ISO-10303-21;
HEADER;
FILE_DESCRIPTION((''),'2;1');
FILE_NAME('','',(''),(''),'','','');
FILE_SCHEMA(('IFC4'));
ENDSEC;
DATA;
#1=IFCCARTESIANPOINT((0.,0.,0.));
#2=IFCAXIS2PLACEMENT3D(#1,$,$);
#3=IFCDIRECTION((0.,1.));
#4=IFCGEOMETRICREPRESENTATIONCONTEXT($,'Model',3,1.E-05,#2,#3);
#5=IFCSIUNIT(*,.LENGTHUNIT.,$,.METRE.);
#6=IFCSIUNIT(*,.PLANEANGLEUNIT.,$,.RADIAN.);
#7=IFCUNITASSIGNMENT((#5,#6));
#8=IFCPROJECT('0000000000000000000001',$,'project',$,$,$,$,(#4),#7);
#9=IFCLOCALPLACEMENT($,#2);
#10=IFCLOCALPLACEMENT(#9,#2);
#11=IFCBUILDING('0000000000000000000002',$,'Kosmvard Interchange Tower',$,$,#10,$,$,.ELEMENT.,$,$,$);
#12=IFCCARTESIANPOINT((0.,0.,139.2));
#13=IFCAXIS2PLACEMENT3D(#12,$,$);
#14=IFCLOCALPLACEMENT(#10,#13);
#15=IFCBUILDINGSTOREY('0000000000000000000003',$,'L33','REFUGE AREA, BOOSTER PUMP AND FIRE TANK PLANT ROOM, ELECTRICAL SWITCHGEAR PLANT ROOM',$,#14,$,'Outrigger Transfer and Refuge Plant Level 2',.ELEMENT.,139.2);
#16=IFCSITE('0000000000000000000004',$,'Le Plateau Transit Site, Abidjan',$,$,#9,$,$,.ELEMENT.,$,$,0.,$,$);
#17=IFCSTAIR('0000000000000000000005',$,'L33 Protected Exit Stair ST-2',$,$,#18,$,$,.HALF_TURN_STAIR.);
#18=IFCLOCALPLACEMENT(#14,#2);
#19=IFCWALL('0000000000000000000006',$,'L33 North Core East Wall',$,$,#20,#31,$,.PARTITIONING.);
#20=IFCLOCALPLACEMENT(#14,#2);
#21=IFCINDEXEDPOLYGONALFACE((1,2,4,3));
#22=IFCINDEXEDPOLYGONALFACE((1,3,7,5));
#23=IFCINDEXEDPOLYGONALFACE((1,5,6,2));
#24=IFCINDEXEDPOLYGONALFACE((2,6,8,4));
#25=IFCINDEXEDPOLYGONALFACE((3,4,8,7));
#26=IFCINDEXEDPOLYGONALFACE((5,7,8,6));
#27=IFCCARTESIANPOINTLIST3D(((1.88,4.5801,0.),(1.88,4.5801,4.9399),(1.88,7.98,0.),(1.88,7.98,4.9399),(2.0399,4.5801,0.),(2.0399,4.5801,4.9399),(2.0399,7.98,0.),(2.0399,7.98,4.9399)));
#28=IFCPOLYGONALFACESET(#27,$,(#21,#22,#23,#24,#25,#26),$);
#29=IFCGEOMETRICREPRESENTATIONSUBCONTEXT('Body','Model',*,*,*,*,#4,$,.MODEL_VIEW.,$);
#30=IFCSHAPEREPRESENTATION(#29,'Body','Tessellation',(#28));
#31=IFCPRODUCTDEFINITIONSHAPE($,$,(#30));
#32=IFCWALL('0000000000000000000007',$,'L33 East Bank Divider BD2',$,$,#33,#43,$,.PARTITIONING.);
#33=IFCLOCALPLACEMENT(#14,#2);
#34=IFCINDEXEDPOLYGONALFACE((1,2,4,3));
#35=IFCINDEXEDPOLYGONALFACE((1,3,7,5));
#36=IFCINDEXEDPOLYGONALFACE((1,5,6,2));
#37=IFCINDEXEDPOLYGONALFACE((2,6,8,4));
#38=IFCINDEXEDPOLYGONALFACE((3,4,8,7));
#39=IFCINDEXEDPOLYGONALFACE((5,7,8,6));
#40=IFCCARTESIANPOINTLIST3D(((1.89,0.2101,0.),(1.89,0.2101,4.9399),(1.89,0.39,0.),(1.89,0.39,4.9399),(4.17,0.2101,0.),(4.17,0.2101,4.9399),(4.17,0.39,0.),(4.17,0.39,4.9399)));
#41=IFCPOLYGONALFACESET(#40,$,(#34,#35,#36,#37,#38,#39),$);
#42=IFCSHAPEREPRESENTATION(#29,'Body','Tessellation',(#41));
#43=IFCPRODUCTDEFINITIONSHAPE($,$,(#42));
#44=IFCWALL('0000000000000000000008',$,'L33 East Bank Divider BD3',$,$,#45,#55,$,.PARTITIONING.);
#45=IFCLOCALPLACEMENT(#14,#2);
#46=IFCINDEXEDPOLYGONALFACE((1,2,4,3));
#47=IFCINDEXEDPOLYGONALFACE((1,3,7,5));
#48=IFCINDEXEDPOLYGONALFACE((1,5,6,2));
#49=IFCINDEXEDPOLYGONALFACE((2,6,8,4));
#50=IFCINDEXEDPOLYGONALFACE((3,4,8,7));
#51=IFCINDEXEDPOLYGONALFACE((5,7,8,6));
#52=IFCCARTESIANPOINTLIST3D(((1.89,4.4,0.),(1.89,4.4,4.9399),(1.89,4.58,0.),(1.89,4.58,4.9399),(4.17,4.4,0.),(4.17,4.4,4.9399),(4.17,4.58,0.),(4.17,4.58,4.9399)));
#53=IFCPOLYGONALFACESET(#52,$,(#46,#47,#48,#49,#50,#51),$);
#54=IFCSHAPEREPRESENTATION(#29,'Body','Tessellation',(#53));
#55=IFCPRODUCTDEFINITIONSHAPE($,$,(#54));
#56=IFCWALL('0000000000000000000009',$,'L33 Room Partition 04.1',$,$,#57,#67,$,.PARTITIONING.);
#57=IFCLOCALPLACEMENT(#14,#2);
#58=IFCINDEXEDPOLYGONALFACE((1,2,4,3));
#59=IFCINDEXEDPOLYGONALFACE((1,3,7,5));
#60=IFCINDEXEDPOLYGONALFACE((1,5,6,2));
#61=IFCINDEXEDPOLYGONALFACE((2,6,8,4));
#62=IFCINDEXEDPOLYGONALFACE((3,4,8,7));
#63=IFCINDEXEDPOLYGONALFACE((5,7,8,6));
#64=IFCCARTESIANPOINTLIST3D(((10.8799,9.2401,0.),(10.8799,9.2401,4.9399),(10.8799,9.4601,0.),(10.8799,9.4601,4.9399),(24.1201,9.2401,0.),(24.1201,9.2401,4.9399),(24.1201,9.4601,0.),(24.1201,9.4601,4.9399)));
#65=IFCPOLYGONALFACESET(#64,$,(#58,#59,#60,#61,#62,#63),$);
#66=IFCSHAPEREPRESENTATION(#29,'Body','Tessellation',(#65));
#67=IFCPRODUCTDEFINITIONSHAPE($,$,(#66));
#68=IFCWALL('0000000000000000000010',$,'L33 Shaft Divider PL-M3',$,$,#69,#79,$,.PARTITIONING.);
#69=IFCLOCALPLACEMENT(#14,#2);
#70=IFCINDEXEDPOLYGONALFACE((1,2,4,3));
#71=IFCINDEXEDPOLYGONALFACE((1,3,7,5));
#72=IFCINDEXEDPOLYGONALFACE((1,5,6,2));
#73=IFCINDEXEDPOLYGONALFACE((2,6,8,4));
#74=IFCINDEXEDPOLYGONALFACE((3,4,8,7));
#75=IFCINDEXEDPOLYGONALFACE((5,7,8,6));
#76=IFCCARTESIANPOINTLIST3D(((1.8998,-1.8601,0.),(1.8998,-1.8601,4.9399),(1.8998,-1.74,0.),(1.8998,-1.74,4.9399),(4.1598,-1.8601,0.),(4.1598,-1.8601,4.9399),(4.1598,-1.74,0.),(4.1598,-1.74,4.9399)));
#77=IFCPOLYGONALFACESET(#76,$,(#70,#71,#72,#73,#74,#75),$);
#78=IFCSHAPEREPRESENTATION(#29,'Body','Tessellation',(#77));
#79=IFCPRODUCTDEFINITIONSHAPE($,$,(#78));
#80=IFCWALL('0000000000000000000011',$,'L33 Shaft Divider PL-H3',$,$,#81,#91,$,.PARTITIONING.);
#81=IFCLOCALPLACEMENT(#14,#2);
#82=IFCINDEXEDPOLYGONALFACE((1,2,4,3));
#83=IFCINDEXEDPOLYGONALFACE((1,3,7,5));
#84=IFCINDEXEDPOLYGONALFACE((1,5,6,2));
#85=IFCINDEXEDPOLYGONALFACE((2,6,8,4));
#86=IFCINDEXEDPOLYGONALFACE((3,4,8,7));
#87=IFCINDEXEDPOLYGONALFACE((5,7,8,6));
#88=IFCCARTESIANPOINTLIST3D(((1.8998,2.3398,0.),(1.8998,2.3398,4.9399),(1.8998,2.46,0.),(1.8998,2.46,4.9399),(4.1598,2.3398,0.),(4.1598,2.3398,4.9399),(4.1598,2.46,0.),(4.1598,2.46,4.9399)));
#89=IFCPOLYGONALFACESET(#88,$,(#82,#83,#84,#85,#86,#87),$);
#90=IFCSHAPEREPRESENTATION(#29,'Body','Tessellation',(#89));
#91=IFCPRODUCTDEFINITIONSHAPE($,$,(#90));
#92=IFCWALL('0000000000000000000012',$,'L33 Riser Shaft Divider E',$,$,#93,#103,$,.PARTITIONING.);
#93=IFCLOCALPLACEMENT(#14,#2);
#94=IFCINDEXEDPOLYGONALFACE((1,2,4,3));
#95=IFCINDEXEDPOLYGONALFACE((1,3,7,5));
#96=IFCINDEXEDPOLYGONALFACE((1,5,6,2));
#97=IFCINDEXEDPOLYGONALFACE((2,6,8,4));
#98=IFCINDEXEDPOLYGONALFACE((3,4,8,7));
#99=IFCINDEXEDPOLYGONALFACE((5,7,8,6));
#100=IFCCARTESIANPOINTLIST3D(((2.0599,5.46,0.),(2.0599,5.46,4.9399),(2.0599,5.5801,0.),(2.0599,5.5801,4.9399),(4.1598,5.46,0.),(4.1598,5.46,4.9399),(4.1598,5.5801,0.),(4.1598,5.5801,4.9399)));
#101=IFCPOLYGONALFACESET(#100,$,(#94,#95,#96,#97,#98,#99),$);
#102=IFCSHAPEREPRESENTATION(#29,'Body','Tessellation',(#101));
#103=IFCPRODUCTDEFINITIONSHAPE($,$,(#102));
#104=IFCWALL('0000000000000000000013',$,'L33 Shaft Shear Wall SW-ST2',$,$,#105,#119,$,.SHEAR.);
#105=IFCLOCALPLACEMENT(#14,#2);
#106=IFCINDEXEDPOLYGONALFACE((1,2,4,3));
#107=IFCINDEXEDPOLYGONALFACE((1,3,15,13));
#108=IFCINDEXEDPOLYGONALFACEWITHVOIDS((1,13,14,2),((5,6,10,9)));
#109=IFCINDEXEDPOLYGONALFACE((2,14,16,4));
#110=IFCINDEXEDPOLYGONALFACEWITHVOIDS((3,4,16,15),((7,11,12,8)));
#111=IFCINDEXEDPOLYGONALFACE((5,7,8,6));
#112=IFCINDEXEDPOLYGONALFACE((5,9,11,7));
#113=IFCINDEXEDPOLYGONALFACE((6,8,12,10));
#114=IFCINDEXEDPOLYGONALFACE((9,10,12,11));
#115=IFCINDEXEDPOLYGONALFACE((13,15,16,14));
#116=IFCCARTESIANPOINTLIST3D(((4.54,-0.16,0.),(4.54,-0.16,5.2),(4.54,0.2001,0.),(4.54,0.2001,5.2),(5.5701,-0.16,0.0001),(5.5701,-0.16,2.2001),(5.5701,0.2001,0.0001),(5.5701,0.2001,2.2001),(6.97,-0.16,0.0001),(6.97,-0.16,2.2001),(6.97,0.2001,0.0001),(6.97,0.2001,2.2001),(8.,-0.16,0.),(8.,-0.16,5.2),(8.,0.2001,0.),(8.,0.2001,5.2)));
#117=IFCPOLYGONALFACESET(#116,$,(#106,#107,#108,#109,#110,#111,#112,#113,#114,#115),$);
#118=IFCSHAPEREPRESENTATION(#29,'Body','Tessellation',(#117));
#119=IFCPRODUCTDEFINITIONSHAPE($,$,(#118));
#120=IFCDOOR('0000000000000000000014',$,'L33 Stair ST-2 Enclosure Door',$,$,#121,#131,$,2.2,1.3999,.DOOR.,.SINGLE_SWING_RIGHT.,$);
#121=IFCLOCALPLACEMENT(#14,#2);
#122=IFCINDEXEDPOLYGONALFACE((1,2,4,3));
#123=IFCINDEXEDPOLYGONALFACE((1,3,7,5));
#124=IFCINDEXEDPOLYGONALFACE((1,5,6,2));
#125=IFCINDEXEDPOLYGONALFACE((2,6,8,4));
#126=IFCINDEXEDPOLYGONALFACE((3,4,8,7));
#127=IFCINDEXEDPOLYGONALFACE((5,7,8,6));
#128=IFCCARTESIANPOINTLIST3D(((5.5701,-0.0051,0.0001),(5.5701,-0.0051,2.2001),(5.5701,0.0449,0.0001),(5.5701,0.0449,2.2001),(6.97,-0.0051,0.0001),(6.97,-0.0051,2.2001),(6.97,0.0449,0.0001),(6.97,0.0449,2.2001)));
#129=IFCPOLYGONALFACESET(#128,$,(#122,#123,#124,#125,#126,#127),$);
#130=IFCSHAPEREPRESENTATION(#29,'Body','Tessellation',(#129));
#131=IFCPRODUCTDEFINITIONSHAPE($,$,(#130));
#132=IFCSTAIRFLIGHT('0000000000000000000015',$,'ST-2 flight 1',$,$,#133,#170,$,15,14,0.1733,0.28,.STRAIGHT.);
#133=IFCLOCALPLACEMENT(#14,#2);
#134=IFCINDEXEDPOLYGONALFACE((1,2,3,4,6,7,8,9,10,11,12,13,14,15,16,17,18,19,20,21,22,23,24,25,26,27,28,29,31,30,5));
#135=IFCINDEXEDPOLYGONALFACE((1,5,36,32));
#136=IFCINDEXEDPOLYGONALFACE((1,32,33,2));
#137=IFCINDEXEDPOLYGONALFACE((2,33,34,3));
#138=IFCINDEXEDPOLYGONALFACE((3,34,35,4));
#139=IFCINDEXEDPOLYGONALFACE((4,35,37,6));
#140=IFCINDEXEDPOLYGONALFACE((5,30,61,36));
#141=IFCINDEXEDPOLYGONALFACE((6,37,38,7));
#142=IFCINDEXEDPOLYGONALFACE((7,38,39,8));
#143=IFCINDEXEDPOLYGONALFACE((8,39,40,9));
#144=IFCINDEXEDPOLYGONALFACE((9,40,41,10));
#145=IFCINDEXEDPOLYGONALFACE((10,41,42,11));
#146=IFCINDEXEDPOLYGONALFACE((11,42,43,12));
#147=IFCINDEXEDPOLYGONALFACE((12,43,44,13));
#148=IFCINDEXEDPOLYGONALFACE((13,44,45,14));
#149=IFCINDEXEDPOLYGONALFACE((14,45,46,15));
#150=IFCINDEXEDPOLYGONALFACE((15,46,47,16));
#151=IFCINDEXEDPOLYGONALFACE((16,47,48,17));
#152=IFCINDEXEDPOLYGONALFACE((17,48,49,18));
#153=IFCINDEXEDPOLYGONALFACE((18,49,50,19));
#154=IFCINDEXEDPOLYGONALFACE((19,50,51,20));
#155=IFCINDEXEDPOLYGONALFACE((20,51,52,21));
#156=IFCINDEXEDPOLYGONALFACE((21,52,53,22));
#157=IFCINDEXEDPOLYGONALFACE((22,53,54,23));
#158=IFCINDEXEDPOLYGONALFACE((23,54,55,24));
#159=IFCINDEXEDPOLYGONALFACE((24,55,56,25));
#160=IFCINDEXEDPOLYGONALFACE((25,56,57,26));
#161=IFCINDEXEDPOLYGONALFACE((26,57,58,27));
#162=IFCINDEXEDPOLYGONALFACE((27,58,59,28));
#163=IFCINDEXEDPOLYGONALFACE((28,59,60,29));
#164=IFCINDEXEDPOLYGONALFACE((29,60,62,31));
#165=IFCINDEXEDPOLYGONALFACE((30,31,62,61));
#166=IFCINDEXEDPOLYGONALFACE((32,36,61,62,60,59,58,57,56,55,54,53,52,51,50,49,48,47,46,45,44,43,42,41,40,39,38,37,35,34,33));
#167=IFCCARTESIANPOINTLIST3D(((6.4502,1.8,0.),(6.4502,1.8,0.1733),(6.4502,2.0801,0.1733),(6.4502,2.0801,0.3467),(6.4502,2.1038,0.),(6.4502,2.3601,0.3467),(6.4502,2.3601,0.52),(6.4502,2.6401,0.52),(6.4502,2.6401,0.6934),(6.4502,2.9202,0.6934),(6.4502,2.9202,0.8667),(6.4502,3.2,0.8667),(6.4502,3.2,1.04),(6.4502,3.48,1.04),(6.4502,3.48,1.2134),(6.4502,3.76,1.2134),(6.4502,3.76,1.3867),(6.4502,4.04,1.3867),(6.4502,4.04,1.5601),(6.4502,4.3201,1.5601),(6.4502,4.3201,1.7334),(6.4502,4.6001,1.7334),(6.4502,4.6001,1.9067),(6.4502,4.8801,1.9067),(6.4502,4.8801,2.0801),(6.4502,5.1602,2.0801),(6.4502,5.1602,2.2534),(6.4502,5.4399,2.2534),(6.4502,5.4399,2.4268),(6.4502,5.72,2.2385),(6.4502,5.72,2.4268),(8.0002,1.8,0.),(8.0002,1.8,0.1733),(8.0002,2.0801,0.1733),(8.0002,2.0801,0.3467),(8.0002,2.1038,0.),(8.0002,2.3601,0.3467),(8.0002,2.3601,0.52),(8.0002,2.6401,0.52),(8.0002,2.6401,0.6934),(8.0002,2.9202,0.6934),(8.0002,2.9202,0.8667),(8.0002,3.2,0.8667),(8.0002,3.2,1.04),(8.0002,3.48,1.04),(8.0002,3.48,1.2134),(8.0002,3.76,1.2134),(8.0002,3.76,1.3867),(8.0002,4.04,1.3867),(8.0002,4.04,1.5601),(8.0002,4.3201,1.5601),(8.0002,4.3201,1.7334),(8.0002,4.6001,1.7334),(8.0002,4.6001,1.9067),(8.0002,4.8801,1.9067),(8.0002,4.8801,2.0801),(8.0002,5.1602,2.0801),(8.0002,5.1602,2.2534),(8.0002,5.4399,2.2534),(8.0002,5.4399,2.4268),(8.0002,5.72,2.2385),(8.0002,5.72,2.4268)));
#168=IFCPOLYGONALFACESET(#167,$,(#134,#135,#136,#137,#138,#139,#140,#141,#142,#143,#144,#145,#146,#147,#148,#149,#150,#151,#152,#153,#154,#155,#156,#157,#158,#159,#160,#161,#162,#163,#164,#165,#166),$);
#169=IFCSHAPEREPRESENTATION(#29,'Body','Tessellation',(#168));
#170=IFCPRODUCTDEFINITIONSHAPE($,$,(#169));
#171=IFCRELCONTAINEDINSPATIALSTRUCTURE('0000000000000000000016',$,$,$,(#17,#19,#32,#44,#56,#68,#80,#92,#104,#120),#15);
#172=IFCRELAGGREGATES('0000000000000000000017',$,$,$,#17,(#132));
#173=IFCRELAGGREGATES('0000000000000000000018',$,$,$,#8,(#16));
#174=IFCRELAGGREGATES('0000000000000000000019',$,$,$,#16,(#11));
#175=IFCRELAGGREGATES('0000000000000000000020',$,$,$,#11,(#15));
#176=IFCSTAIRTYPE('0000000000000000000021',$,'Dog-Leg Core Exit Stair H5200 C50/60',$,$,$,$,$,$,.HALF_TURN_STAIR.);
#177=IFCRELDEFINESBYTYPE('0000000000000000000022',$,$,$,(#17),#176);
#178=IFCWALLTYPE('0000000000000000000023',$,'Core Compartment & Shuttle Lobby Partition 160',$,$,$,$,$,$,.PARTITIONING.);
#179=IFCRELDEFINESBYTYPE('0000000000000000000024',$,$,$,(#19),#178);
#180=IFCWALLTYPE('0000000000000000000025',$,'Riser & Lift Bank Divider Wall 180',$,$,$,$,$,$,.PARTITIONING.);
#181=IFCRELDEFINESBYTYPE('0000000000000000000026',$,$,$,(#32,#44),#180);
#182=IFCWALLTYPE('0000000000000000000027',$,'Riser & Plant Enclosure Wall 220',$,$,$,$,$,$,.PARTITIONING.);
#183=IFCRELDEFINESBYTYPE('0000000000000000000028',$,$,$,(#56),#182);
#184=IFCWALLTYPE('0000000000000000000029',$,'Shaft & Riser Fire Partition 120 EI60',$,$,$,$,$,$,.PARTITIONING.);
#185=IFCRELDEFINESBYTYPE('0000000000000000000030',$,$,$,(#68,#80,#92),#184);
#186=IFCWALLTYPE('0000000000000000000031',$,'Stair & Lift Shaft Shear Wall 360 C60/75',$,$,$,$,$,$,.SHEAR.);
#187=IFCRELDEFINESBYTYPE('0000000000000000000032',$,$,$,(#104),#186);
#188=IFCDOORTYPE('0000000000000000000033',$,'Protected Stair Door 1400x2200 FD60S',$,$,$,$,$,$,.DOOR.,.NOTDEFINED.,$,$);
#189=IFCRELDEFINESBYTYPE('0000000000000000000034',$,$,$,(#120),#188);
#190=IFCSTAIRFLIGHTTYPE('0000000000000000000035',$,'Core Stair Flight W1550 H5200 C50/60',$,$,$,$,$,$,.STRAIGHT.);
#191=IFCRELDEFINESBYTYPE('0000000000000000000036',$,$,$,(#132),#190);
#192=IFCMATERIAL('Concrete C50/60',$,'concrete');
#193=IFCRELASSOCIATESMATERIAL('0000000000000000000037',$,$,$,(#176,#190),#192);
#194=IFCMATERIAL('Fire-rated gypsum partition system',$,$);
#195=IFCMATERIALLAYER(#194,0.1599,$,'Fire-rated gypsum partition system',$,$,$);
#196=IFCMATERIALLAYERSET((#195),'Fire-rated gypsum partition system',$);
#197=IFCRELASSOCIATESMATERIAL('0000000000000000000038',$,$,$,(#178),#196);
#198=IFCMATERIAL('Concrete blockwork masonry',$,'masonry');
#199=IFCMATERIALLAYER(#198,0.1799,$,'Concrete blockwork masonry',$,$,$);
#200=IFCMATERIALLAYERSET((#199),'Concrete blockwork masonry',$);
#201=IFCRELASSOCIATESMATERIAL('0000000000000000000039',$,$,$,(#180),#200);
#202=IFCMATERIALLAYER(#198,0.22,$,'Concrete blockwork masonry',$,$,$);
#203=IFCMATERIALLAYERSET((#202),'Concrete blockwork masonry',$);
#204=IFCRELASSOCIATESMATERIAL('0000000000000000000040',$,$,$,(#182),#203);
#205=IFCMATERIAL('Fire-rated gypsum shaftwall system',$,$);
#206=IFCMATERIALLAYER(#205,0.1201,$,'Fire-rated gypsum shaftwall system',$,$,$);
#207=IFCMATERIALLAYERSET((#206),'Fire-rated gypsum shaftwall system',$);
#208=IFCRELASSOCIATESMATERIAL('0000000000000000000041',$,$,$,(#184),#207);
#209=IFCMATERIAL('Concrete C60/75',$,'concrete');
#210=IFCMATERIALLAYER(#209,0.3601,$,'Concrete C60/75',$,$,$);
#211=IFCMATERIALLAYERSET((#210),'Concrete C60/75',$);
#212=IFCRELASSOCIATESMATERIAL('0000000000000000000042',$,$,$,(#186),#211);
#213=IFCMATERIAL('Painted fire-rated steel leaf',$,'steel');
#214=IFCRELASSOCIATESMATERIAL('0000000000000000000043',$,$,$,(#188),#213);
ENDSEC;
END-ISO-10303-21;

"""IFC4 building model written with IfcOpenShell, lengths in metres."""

from ifc_helpers import new_model, si_unit, direction, frame, frame_2d, origin, place, context, subcontext, project, spatial, polyline, rectangle, outline, extrude, source, transform, mapped, material, layer, layer_set, type_object, element, fill, aggregate, save


model = new_model("IFC4")

# Units and contexts
model_context = context("Model", 3, precision=1e-05, world=origin(), true_north=direction((0.0, 1.0)))
body_context = subcontext(model_context, "Body", "Model", "MODEL_VIEW")
ifc_project = project(units=[si_unit("LENGTHUNIT", "METRE"), si_unit("PLANEANGLEUNIT", "RADIAN")], contexts=[model_context])

# Site, building, storey
site_placement = place(None, origin())
site = spatial("IfcSite", under=ifc_project, at=site_placement, Name="Le Plateau Transit Site, Abidjan", CompositionType="ELEMENT", RefElevation=0.0)
building_placement = place(site_placement, origin())
building = spatial("IfcBuilding", under=site, at=building_placement, Name="Kosmvard Interchange Tower", CompositionType="ELEMENT")
storey_placement = place(building_placement, frame((0.0, 0.0, 139.2)))
storey = spatial("IfcBuildingStorey", under=building, at=storey_placement, Name="L33", Description="REFUGE AREA, BOOSTER PUMP AND FIRE TANK PLANT ROOM, ELECTRICAL SWITCHGEAR PLANT ROOM", LongName="Outrigger Transfer and Refuge Plant Level 2", CompositionType="ELEMENT", Elevation=139.2)

# Shared definitions
ifc_material_1 = material(Name="Concrete C60/75", Category="concrete")

# Stair
ifc_material_2 = material(Name="Concrete C50/60", Category="concrete")
stair_type = type_object("IfcStairType", Name="Dog-Leg Core Exit Stair H5200 C50/60", PredefinedType="HALF_TURN_STAIR", material=ifc_material_2)
stair_1_placement = place(storey_placement, origin())
stair_1 = element("IfcStair", 1, at=stair_1_placement, inside=storey, type_object=stair_type, Name="L33 Protected Exit Stair ST-2", PredefinedType="HALF_TURN_STAIR")

# Walls
ifc_material_3 = material(Name="Fire-rated gypsum partition system")
ifc_layer_1 = layer(ifc_material_3, 0.1599, Name="Fire-rated gypsum partition system")
ifc_layer_set_1 = layer_set([ifc_layer_1], Name="Fire-rated gypsum partition system")
wall_type_1 = type_object("IfcWallType", Name="Core Compartment & Shuttle Lobby Partition 160", PredefinedType="PARTITIONING", material=ifc_layer_set_1)
wall_1_placement = place(storey_placement, frame((1.96, 4.5801, 0.0), z_axis=(0.0, 0.0, 1.0), x_axis=(0.0, 1.0, 0.0)))
element("IfcWall", 2, at=wall_1_placement, inside=storey, type_object=wall_type_1, Name="L33 North Core East Wall", PredefinedType="PARTITIONING", context=body_context, shape_type="SweptSolid", body=[
    extrude(rectangle(XDim=3.3999, YDim=0.1599, at=frame_2d((1.7, 0.0))), origin(), (0.0, 0.0, 1.0), 4.9399),
])
ifc_material_4 = material(Name="Concrete blockwork masonry", Category="masonry")
ifc_layer_2 = layer(ifc_material_4, 0.1799, Name="Concrete blockwork masonry")
ifc_layer_set_2 = layer_set([ifc_layer_2], Name="Concrete blockwork masonry")
wall_type_2 = type_object("IfcWallType", Name="Riser & Lift Bank Divider Wall 180", PredefinedType="PARTITIONING", material=ifc_layer_set_2)
for number, where, z_axis, x_axis, name in (
    (3, (1.8899, 0.3, 0.0), (0.0, 0.0, 1.0), (1.0, 0.0, 0.0), "L33 East Bank Divider BD2"),
    (4, (1.8899, 4.49, 0.0), (0.0, 0.0, 1.0), (1.0, 0.0, 0.0), "L33 East Bank Divider BD3"),
):
    element("IfcWall", number, at=place(storey_placement, frame(where, z_axis=z_axis, x_axis=x_axis)), inside=storey, type_object=wall_type_2, Name=name, PredefinedType="PARTITIONING", context=body_context, shape_type="SweptSolid", body=[
        extrude(rectangle(XDim=2.28, YDim=0.1799, at=frame_2d((1.1401, 0.0))), origin(), (0.0, 0.0, 1.0), 4.9399),
    ])
ifc_layer_3 = layer(ifc_material_4, 0.22, Name="Concrete blockwork masonry")
ifc_layer_set_3 = layer_set([ifc_layer_3], Name="Concrete blockwork masonry")
wall_type_3 = type_object("IfcWallType", Name="Riser & Plant Enclosure Wall 220", PredefinedType="PARTITIONING", material=ifc_layer_set_3)
wall_2_placement = place(storey_placement, frame((10.8799, 9.3501, 0.0), z_axis=(0.0, 0.0, 1.0), x_axis=(1.0, 0.0, 0.0)))
element("IfcWall", 5, at=wall_2_placement, inside=storey, type_object=wall_type_3, Name="L33 Room Partition 04.1", PredefinedType="PARTITIONING", context=body_context, shape_type="SweptSolid", body=[
    extrude(rectangle(XDim=13.2402, YDim=0.22, at=frame_2d((6.6201, 0.0))), origin(), (0.0, 0.0, 1.0), 4.9399),
])
ifc_material_5 = material(Name="Fire-rated gypsum shaftwall system")
ifc_layer_4 = layer(ifc_material_5, 0.1201, Name="Fire-rated gypsum shaftwall system")
ifc_layer_set_4 = layer_set([ifc_layer_4], Name="Fire-rated gypsum shaftwall system")
wall_type_4 = type_object("IfcWallType", Name="Shaft & Riser Fire Partition 120 EI60", PredefinedType="PARTITIONING", material=ifc_layer_set_4)
for number, where, z_axis, x_axis, name in (
    (6, (1.8999, -1.8, 0.0), (0.0, 0.0, 1.0), (1.0, 0.0, 0.0), "L33 Shaft Divider PL-M3"),
    (7, (1.8999, 2.3999, 0.0), (0.0, 0.0, 1.0), (1.0, 0.0, 0.0), "L33 Shaft Divider PL-H3"),
):
    element("IfcWall", number, at=place(storey_placement, frame(where, z_axis=z_axis, x_axis=x_axis)), inside=storey, type_object=wall_type_4, Name=name, PredefinedType="PARTITIONING", context=body_context, shape_type="SweptSolid", body=[
        extrude(rectangle(XDim=2.26, YDim=0.1201, at=frame_2d((1.1299, 0.0))), origin(), (0.0, 0.0, 1.0), 4.9399),
    ])
wall_3_placement = place(storey_placement, frame((2.0601, 5.52, 0.0), z_axis=(0.0, 0.0, 1.0), x_axis=(1.0, 0.0, 0.0)))
element("IfcWall", 8, at=wall_3_placement, inside=storey, type_object=wall_type_4, Name="L33 Riser Shaft Divider E", PredefinedType="PARTITIONING", context=body_context, shape_type="SweptSolid", body=[
    extrude(rectangle(XDim=2.0999, YDim=0.1201, at=frame_2d((1.0498, 0.0))), origin(), (0.0, 0.0, 1.0), 4.9399),
])

# Wall, opening, door
ifc_layer_5 = layer(ifc_material_1, 0.3601, Name="Concrete C60/75")
ifc_layer_set_5 = layer_set([ifc_layer_5], Name="Concrete C60/75")
wall_type_5 = type_object("IfcWallType", Name="Stair & Lift Shaft Shear Wall 360 C60/75", PredefinedType="SHEAR", material=ifc_layer_set_5)
wall_4_placement = place(storey_placement, frame((4.54, 0.02, 0.0), z_axis=(0.0, 0.0, 1.0), x_axis=(1.0, 0.0, 0.0)))
wall_4 = element("IfcWall", 9, at=wall_4_placement, inside=storey, type_object=wall_type_5, Name="L33 Shaft Shear Wall SW-ST2", PredefinedType="SHEAR", context=body_context, shape_type="SweptSolid", body=[
    extrude(rectangle(XDim=3.46, YDim=0.3601, at=frame_2d((1.73, 0.0))), origin(), (0.0, 0.0, 1.0), 5.2),
])
opening_placement = place(wall_4_placement, frame((1.03, 0.0, 0.0)))
opening = element("IfcOpeningElement", 10, at=opening_placement, cuts=wall_4, PredefinedType="OPENING", context=body_context, shape_type="SweptSolid", body=[
    extrude(rectangle(XDim=1.3999, YDim=2.2, at=frame_2d((0.7, 1.1001))), frame((0.0, 0.1899, 0.0), z_axis=(0.0, -1.0, 0.0), x_axis=(1.0, 0.0, 0.0)), (0.0, 0.0, 1.0), 0.3801),
])
ifc_material_6 = material(Name="Painted fire-rated steel leaf", Category="steel")
door_type = type_object("IfcDoorType", Name="Protected Stair Door 1400x2200 FD60S", OperationType="NOTDEFINED", PredefinedType="DOOR", material=ifc_material_6)
shared_shape_1 = source(origin(), body_context, "Body", "SweptSolid", [
    extrude(rectangle(XDim=1.3999, YDim=2.2, at=frame_2d((0.7, 1.1001))), frame((0.0, 0.0249, 0.0), z_axis=(0.0, -1.0, 0.0), x_axis=(1.0, 0.0, 0.0)), (0.0, 0.0, 1.0), 0.05),
])
door_placement = place(opening_placement, origin())
door = element("IfcDoor", 11, at=door_placement, inside=storey, type_object=door_type, Name="L33 Stair ST-2 Enclosure Door", OperationType="SINGLE_SWING_RIGHT", OverallHeight=2.2, OverallWidth=1.3999, PredefinedType="DOOR", context=body_context, shape_type="MappedRepresentation", body=[
    mapped(shared_shape_1, transform((0.0, 0.0, 0.0), scale=1.0)),
])
fill(opening, door)

# Stair flight
stair_flight_type = type_object("IfcStairFlightType", Name="Core Stair Flight W1550 H5200 C50/60", PredefinedType="STRAIGHT", material=ifc_material_2)
shared_shape_2 = source(origin(), body_context, "Body", "SweptSolid", [
    extrude(outline(polyline([(0.0, 0.0), (0.0, 0.1733), (0.28, 0.1733), (0.28, 0.3467), (0.5601, 0.3467), (0.5601, 0.52), (0.8401, 0.52), (0.8401, 0.6934), (1.1201, 0.6934), (1.1201, 0.8667), (1.3999, 0.8667), (1.3999, 1.04), (1.6799, 1.04), (1.6799, 1.2134), (1.96, 1.2134), (1.96, 1.3867), (2.24, 1.3867), (2.24, 1.5601), (2.52, 1.5601), (2.52, 1.7334), (2.8, 1.7334), (2.8, 1.9067), (3.0801, 1.9067), (3.0801, 2.0801), (3.3601, 2.0801), (3.3601, 2.2534), (3.6399, 2.2534), (3.6399, 2.4268), (3.9199, 2.4268), (3.9199, 2.6001), (3.9199, 2.2385), (0.3037, 0.0), (0.0, 0.0)])), frame((0.0, 0.7749, 0.0), z_axis=(0.0, -1.0, 0.0), x_axis=(1.0, 0.0, 0.0)), (0.0, 0.0, 1.0), 1.55),
])
stair_flight_1_placement = place(storey_placement, frame((7.2251, 1.8, 0.0), z_axis=(0.0, 0.0, 1.0), x_axis=(0.0, 1.0, 0.0)))
stair_flight_1 = element("IfcStairFlight", 12, at=stair_flight_1_placement, type_object=stair_flight_type, Name="ST-2 flight 1", NumberOfRisers=15, NumberOfTreads=14, PredefinedType="STRAIGHT", RiserHeight=0.1733, TreadLength=0.28, context=body_context, shape_type="MappedRepresentation", body=[
    mapped(shared_shape_2, transform((0.0, 0.0, 0.0), scale=1.0)),
])
aggregate(stair_1, [stair_flight_1])

save(model, "model.ifc")
